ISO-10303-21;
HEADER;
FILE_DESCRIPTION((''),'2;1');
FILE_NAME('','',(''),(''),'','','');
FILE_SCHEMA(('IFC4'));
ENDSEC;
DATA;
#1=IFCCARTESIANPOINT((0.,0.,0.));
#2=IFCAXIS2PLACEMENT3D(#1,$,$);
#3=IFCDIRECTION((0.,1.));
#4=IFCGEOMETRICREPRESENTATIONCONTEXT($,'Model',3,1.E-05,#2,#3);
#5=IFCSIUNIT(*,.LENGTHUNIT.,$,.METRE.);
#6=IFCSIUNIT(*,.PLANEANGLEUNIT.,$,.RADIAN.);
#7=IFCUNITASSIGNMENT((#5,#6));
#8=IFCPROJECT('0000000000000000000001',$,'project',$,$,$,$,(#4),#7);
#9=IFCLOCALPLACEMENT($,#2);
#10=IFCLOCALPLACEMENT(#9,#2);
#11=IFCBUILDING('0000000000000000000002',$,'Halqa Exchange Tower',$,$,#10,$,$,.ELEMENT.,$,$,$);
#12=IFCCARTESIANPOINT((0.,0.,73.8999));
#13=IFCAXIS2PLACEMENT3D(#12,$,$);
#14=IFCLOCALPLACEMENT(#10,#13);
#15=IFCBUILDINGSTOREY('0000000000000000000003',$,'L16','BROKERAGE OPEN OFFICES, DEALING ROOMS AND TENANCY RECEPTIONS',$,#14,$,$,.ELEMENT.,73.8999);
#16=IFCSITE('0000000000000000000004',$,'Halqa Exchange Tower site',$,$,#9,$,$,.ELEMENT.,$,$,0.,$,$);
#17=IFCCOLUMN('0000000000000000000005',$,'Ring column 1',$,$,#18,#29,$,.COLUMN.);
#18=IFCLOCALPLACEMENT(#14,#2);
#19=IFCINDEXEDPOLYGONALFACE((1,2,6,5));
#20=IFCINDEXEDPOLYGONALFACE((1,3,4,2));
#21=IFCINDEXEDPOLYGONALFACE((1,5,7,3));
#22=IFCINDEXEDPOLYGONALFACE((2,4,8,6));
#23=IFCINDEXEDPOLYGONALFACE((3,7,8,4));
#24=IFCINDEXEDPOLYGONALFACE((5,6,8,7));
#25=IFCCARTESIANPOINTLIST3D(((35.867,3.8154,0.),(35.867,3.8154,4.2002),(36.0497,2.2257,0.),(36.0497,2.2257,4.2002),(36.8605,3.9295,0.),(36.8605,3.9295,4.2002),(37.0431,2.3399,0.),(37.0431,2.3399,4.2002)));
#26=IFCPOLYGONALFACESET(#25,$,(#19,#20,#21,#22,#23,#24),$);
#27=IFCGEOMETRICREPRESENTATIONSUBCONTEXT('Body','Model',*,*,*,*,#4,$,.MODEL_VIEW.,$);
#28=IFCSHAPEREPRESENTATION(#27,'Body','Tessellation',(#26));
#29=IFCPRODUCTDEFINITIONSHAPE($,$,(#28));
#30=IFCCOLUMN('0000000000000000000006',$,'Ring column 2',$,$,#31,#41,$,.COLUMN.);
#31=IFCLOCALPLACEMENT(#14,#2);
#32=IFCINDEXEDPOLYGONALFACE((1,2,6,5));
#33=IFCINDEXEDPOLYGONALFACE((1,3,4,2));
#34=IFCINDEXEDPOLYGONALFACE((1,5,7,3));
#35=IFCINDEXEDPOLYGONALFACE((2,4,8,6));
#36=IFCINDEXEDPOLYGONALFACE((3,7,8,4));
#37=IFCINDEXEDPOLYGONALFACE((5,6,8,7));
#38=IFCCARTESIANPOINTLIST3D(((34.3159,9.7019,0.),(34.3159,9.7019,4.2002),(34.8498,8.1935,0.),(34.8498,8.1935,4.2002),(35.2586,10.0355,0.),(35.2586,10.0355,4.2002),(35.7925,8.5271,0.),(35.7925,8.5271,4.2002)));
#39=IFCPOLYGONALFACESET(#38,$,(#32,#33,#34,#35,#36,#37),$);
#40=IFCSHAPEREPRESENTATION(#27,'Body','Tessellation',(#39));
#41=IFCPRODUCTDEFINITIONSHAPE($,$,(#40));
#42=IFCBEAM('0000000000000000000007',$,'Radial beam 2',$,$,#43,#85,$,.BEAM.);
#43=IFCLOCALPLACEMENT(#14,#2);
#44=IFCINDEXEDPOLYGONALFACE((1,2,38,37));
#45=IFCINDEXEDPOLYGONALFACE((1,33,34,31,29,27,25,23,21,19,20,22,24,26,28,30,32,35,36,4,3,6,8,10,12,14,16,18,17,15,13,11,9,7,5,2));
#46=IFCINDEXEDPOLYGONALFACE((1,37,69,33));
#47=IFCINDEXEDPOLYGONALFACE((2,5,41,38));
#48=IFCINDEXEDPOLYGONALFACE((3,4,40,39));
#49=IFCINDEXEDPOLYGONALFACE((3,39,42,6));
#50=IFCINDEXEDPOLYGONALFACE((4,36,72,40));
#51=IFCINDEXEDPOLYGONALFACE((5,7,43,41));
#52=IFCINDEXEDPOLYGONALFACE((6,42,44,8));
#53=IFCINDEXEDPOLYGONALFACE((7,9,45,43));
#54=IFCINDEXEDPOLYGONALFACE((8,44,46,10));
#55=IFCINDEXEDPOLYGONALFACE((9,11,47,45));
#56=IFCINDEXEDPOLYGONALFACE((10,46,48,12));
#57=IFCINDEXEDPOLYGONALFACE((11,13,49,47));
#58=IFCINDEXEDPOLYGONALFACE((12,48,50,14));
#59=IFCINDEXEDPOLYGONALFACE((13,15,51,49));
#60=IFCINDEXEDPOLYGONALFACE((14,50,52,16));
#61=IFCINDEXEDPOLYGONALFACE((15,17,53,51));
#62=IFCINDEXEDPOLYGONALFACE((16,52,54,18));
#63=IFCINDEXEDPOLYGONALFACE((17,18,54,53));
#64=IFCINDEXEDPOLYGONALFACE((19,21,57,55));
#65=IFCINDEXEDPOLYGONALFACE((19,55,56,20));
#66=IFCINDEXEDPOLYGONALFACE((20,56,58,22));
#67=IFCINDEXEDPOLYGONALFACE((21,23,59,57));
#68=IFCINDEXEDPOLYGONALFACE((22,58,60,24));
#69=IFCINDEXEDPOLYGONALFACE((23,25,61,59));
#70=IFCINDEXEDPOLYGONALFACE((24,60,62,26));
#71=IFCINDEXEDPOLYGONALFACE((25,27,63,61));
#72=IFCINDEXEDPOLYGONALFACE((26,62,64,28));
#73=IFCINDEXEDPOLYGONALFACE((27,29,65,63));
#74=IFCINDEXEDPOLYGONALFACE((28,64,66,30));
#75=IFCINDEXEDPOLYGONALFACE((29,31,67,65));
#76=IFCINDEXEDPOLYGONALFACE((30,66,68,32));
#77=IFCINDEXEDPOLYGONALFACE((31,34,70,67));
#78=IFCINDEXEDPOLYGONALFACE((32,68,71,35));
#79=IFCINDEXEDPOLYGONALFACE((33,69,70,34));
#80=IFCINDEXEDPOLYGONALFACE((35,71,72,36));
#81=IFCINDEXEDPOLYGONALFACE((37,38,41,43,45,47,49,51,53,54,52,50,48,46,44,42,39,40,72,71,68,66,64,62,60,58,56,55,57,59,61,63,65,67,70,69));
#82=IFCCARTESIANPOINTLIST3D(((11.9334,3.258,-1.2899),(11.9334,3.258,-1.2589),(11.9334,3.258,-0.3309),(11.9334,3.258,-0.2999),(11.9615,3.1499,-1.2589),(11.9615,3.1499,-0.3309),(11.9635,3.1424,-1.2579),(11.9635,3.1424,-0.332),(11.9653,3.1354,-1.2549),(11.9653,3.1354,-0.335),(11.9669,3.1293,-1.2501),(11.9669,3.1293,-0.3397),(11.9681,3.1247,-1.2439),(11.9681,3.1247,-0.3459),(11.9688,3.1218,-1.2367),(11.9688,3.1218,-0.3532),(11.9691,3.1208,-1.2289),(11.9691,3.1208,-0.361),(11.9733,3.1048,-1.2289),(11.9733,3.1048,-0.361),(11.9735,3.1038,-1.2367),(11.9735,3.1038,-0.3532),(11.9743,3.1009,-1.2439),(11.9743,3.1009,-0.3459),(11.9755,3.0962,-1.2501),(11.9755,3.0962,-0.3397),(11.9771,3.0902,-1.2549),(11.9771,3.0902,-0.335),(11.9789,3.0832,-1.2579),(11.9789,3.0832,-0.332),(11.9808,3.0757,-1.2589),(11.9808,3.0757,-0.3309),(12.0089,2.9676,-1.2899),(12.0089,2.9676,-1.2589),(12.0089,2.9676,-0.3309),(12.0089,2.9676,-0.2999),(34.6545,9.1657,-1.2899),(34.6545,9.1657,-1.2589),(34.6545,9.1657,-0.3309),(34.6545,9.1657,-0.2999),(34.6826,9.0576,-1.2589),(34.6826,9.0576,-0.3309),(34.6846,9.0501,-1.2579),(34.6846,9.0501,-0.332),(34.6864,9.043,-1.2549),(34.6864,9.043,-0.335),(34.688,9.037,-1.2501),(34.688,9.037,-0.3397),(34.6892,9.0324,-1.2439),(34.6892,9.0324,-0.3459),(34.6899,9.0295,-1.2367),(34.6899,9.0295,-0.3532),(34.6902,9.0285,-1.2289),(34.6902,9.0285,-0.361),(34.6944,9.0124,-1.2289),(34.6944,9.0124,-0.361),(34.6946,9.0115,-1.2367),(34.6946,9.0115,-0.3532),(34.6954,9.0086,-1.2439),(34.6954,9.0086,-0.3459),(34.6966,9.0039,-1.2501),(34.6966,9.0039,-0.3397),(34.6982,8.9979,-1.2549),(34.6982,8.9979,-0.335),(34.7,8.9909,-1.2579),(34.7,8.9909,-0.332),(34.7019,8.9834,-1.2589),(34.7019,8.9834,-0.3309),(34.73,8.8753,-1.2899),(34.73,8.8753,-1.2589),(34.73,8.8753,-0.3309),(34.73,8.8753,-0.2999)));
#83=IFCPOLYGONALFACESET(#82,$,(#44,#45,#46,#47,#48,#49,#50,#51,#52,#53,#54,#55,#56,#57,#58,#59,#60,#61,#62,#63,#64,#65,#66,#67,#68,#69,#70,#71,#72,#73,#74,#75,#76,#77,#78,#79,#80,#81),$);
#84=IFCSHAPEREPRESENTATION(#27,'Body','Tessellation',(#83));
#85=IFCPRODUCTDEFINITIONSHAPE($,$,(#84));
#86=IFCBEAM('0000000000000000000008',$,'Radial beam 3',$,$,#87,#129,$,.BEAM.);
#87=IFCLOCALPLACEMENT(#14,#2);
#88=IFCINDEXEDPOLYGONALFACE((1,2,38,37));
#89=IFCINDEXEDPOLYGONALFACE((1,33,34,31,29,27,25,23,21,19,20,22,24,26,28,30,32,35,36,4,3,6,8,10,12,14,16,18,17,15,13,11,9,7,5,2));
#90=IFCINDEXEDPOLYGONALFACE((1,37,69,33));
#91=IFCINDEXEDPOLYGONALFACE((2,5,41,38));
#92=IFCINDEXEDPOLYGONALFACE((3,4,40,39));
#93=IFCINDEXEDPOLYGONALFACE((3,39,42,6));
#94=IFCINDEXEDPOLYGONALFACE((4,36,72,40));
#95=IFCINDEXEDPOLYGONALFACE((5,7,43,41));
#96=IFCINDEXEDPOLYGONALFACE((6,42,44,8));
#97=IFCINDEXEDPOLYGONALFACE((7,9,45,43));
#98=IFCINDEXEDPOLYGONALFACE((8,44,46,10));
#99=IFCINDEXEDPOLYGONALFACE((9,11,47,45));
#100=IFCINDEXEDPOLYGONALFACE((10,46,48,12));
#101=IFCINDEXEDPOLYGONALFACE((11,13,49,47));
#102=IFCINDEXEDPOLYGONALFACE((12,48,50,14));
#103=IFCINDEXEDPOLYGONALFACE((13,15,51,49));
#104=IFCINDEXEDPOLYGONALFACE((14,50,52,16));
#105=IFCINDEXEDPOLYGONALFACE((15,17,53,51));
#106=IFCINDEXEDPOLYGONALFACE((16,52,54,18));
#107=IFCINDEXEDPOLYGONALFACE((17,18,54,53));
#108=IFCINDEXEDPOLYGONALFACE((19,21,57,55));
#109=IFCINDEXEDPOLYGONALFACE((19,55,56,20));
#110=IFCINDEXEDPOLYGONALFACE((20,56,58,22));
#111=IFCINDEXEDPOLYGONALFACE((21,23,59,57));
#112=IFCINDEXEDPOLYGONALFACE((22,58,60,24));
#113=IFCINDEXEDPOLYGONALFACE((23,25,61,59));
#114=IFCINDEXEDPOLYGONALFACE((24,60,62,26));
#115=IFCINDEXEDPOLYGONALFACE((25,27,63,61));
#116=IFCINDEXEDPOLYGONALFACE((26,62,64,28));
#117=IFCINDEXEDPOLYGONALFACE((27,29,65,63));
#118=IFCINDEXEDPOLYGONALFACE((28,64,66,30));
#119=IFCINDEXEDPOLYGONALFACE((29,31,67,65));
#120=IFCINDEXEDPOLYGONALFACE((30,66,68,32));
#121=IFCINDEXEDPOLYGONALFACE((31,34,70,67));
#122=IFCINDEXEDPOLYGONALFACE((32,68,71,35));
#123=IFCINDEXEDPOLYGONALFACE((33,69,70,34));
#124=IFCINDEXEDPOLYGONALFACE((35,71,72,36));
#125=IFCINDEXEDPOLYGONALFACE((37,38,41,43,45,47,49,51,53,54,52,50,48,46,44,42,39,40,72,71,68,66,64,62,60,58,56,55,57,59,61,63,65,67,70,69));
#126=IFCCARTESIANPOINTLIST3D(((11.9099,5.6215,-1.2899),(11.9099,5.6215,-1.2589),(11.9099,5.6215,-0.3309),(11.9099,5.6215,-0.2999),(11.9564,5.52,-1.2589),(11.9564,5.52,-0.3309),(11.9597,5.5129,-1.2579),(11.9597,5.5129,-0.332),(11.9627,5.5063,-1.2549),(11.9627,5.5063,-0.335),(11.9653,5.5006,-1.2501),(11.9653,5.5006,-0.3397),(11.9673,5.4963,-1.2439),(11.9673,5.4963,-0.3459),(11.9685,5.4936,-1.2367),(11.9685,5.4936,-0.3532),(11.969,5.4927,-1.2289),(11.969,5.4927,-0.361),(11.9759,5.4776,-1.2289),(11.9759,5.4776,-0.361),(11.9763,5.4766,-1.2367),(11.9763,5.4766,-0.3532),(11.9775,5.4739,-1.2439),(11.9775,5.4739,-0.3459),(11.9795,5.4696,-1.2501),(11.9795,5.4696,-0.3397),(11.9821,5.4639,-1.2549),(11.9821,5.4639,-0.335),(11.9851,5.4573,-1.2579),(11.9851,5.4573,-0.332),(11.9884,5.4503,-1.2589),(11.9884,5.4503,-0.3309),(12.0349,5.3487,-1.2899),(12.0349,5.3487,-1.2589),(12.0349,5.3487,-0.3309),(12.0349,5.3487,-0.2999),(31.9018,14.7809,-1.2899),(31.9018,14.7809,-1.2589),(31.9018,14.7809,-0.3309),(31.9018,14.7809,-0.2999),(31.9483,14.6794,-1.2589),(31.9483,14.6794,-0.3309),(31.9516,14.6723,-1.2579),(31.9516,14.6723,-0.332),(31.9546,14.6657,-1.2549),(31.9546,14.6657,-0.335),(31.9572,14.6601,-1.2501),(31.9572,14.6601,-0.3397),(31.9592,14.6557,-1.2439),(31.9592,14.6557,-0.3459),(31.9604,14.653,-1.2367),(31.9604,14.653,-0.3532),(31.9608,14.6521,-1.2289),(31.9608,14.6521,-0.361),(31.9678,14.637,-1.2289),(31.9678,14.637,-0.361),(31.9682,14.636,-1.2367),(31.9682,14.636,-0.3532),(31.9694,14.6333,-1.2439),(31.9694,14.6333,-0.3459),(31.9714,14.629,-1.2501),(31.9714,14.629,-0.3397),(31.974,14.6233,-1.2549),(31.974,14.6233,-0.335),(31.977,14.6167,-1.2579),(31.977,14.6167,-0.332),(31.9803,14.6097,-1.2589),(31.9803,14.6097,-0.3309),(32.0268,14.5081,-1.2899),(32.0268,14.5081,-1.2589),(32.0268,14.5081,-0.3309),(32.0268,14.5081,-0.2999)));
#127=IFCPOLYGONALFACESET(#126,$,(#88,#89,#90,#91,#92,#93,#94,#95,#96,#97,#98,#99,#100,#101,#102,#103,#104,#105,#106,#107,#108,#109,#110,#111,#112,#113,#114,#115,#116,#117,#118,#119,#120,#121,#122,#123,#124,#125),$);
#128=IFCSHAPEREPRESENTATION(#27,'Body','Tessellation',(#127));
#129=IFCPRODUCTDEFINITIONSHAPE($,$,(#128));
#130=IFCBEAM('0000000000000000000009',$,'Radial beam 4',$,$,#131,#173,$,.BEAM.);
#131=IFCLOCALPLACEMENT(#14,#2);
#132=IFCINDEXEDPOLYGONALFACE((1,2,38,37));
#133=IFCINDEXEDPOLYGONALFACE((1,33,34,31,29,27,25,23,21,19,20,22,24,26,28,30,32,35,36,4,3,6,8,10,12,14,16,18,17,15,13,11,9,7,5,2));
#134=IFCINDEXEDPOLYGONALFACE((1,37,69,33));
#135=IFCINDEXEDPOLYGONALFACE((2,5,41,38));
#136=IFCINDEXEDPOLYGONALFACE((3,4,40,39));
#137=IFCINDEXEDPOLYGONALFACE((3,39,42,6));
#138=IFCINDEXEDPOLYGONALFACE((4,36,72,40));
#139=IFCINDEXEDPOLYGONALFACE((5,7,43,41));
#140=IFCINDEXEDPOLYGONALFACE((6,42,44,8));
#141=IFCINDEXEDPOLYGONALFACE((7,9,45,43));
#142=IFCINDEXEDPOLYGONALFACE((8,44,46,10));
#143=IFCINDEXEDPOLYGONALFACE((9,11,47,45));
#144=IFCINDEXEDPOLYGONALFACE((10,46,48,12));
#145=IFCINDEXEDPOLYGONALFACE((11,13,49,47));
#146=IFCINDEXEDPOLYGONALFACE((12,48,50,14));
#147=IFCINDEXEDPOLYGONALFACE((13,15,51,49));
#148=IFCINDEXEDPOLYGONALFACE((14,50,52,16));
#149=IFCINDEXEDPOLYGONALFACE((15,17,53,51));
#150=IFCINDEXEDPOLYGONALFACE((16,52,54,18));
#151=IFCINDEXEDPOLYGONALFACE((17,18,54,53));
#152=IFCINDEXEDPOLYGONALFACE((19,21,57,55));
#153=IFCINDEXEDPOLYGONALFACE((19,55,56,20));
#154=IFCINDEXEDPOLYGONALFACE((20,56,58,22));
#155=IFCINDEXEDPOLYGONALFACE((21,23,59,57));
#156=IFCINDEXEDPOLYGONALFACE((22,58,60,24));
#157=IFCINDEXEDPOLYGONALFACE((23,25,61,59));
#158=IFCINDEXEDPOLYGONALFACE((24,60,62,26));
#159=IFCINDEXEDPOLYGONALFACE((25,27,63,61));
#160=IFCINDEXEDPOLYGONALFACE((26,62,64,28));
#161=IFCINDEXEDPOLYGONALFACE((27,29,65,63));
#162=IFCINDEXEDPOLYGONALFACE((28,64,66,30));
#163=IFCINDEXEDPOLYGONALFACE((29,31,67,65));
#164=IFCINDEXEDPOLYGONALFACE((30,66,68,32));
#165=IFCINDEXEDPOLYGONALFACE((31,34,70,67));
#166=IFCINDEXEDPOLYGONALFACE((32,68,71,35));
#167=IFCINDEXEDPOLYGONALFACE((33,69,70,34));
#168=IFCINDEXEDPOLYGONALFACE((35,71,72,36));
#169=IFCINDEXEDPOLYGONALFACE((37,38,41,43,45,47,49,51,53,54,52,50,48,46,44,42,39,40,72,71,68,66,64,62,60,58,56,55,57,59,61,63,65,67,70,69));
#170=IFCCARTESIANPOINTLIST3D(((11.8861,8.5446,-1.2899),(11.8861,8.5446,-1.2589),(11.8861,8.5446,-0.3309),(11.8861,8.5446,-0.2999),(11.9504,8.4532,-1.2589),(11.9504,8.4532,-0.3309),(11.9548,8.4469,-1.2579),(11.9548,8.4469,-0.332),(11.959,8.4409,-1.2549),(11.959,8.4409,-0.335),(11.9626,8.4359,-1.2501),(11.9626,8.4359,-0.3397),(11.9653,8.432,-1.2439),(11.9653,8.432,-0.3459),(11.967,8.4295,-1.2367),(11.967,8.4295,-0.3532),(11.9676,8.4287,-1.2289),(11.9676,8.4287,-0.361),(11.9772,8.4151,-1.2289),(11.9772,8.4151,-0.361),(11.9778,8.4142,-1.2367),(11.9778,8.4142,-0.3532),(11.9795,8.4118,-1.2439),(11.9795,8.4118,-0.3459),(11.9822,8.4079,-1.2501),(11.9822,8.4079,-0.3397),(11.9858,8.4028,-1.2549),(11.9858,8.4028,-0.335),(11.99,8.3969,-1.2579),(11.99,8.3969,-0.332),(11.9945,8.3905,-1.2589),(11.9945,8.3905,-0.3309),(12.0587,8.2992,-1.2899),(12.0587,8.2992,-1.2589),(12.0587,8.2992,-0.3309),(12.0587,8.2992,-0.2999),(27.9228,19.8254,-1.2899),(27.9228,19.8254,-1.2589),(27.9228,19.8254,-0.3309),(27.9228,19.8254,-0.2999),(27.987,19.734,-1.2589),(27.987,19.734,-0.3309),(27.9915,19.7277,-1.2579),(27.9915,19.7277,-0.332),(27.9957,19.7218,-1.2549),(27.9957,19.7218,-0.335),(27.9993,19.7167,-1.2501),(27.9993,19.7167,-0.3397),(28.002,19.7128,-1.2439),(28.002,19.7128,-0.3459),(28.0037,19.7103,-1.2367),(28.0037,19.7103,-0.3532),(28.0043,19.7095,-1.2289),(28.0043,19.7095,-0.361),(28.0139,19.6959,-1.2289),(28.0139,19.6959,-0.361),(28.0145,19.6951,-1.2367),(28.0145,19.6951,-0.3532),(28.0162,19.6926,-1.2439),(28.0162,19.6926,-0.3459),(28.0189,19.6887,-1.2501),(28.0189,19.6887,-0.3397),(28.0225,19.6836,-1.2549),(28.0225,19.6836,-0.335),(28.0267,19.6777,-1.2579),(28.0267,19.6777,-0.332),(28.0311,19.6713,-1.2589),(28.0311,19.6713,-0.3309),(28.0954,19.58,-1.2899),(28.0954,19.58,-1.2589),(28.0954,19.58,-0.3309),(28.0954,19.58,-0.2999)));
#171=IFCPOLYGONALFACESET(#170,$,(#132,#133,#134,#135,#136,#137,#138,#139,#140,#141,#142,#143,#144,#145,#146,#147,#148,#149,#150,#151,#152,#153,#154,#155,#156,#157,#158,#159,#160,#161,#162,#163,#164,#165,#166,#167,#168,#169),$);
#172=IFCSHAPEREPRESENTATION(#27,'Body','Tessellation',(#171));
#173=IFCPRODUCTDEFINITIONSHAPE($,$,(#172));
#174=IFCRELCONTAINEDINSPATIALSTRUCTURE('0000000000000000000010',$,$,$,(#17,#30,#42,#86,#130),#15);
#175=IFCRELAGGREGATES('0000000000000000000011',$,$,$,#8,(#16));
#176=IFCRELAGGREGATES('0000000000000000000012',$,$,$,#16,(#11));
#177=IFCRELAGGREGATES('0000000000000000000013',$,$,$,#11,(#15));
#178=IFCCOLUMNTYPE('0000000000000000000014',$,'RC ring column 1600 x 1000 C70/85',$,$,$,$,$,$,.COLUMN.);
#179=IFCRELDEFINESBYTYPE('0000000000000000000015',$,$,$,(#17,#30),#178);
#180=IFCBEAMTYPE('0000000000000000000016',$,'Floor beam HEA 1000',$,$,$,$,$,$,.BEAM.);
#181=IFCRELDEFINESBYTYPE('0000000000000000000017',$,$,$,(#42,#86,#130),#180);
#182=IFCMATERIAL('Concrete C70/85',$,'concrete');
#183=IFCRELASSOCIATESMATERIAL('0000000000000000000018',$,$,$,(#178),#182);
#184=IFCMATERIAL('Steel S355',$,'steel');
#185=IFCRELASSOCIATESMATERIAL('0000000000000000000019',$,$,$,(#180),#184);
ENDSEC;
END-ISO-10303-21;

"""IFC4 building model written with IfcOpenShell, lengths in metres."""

from ifc_helpers import new_model, si_unit, direction, frame, origin, origin_2d, place, context, subcontext, project, spatial, rectangle, i_section, extrude, material, material_profile, profile_set, type_object, element, save


model = new_model("IFC4")

# Units and contexts
model_context = context("Model", 3, precision=1e-05, world=origin(), true_north=direction((0.0, 1.0)))
body_context = subcontext(model_context, "Body", "Model", "MODEL_VIEW")
ifc_project = project(units=[si_unit("LENGTHUNIT", "METRE"), si_unit("PLANEANGLEUNIT", "RADIAN")], contexts=[model_context])

# Site, building, storey
site_placement = place(None, origin())
site = spatial("IfcSite", under=ifc_project, at=site_placement, Name="Halqa Exchange Tower site", CompositionType="ELEMENT", RefElevation=0.0)
building_placement = place(site_placement, origin())
building = spatial("IfcBuilding", under=site, at=building_placement, Name="Halqa Exchange Tower", CompositionType="ELEMENT")
storey_placement = place(building_placement, frame((0.0, 0.0, 73.8999)))
storey = spatial("IfcBuildingStorey", under=building, at=storey_placement, Name="L16", Description="BROKERAGE OPEN OFFICES, DEALING ROOMS AND TENANCY RECEPTIONS", CompositionType="ELEMENT", Elevation=73.8999)

# Columns
ifc_material_1 = material(Name="Concrete C70/85", Category="concrete")
ifc_material_profile_1 = material_profile(ifc_material_1, rectangle(XDim=1.6001, YDim=1.0, at=origin_2d()), Name="1600 x 1000")
ifc_profile_set_1 = profile_set([ifc_material_profile_1], Name="Concrete C70/85")
column_type = type_object("IfcColumnType", Name="RC ring column 1600 x 1000 C70/85", PredefinedType="COLUMN", material=ifc_profile_set_1)
for number, where, z_axis, x_axis, name in (
    (1, (36.4551, 3.0776, 0.0), (0.0, 0.0, 1.0), (-0.114152, 0.993463, 0.0), "Ring column 1"),
    (2, (35.0542, 9.1145, 0.0), (0.0, 0.0, 1.0), (-0.333624, 0.942706, 0.0), "Ring column 2"),
):
    element("IfcColumn", number, at=place(storey_placement, frame(where, z_axis=z_axis, x_axis=x_axis)), inside=storey, type_object=column_type, Name=name, PredefinedType="COLUMN", context=body_context, shape_type="SweptSolid", body=[
        extrude(rectangle(XDim=1.6001, YDim=1.0, at=origin_2d()), origin(), (0.0, 0.0, 1.0), 4.2002),
    ])

# Beams
ifc_material_2 = material(Name="Steel S355", Category="steel")
ifc_material_profile_2 = material_profile(ifc_material_2, i_section(OverallWidth=0.3, OverallDepth=0.99, WebThickness=0.0166, FlangeThickness=0.031, FilletRadius=0.03, at=origin_2d()), Name="HEA 1000")
ifc_profile_set_2 = profile_set([ifc_material_profile_2], Name="Steel S355")
beam_type_1 = type_object("IfcBeamType", Name="Floor beam HEA 1000", PredefinedType="BEAM", material=ifc_profile_set_2)
beam_1_placement = place(storey_placement, frame((11.9712, 3.1128, -0.7949), z_axis=(0.96782, 0.251642, 0.0), x_axis=(-0.251642, 0.96782, 0.0)))
element("IfcBeam", 3, at=beam_1_placement, inside=storey, type_object=beam_type_1, Name="Radial beam 2", PredefinedType="BEAM", context=body_context, shape_type="SweptSolid", body=[
    extrude(i_section(OverallWidth=0.3, OverallDepth=0.99, WebThickness=0.0166, FlangeThickness=0.031, FilletRadius=0.03, at=origin_2d()), origin(), (0.0, 0.0, 1.0), 23.4766),
])
beam_2_placement = place(storey_placement, frame((11.9724, 5.4851, -0.7949), z_axis=(0.909126, 0.416521, 0.0), x_axis=(-0.416521, 0.909126, 0.0)))
element("IfcBeam", 4, at=beam_2_placement, inside=storey, type_object=beam_type_1, Name="Radial beam 3", PredefinedType="BEAM", context=body_context, shape_type="SweptSolid", body=[
    extrude(i_section(OverallWidth=0.3, OverallDepth=0.99, WebThickness=0.0166, FlangeThickness=0.031, FilletRadius=0.03, at=origin_2d()), origin(), (0.0, 0.0, 1.0), 21.9902),
])
beam_3_placement = place(storey_placement, frame((11.9724, 8.4219, -0.7949), z_axis=(0.817909, 0.575348, 0.0), x_axis=(-0.575348, 0.817909, 0.0)))
element("IfcBeam", 5, at=beam_3_placement, inside=storey, type_object=beam_type_1, Name="Radial beam 4", PredefinedType="BEAM", context=body_context, shape_type="SweptSolid", body=[
    extrude(i_section(OverallWidth=0.3, OverallDepth=0.99, WebThickness=0.0166, FlangeThickness=0.031, FilletRadius=0.03, at=origin_2d()), origin(), (0.0, 0.0, 1.0), 19.6069),
])

save(model, "model.ifc")
